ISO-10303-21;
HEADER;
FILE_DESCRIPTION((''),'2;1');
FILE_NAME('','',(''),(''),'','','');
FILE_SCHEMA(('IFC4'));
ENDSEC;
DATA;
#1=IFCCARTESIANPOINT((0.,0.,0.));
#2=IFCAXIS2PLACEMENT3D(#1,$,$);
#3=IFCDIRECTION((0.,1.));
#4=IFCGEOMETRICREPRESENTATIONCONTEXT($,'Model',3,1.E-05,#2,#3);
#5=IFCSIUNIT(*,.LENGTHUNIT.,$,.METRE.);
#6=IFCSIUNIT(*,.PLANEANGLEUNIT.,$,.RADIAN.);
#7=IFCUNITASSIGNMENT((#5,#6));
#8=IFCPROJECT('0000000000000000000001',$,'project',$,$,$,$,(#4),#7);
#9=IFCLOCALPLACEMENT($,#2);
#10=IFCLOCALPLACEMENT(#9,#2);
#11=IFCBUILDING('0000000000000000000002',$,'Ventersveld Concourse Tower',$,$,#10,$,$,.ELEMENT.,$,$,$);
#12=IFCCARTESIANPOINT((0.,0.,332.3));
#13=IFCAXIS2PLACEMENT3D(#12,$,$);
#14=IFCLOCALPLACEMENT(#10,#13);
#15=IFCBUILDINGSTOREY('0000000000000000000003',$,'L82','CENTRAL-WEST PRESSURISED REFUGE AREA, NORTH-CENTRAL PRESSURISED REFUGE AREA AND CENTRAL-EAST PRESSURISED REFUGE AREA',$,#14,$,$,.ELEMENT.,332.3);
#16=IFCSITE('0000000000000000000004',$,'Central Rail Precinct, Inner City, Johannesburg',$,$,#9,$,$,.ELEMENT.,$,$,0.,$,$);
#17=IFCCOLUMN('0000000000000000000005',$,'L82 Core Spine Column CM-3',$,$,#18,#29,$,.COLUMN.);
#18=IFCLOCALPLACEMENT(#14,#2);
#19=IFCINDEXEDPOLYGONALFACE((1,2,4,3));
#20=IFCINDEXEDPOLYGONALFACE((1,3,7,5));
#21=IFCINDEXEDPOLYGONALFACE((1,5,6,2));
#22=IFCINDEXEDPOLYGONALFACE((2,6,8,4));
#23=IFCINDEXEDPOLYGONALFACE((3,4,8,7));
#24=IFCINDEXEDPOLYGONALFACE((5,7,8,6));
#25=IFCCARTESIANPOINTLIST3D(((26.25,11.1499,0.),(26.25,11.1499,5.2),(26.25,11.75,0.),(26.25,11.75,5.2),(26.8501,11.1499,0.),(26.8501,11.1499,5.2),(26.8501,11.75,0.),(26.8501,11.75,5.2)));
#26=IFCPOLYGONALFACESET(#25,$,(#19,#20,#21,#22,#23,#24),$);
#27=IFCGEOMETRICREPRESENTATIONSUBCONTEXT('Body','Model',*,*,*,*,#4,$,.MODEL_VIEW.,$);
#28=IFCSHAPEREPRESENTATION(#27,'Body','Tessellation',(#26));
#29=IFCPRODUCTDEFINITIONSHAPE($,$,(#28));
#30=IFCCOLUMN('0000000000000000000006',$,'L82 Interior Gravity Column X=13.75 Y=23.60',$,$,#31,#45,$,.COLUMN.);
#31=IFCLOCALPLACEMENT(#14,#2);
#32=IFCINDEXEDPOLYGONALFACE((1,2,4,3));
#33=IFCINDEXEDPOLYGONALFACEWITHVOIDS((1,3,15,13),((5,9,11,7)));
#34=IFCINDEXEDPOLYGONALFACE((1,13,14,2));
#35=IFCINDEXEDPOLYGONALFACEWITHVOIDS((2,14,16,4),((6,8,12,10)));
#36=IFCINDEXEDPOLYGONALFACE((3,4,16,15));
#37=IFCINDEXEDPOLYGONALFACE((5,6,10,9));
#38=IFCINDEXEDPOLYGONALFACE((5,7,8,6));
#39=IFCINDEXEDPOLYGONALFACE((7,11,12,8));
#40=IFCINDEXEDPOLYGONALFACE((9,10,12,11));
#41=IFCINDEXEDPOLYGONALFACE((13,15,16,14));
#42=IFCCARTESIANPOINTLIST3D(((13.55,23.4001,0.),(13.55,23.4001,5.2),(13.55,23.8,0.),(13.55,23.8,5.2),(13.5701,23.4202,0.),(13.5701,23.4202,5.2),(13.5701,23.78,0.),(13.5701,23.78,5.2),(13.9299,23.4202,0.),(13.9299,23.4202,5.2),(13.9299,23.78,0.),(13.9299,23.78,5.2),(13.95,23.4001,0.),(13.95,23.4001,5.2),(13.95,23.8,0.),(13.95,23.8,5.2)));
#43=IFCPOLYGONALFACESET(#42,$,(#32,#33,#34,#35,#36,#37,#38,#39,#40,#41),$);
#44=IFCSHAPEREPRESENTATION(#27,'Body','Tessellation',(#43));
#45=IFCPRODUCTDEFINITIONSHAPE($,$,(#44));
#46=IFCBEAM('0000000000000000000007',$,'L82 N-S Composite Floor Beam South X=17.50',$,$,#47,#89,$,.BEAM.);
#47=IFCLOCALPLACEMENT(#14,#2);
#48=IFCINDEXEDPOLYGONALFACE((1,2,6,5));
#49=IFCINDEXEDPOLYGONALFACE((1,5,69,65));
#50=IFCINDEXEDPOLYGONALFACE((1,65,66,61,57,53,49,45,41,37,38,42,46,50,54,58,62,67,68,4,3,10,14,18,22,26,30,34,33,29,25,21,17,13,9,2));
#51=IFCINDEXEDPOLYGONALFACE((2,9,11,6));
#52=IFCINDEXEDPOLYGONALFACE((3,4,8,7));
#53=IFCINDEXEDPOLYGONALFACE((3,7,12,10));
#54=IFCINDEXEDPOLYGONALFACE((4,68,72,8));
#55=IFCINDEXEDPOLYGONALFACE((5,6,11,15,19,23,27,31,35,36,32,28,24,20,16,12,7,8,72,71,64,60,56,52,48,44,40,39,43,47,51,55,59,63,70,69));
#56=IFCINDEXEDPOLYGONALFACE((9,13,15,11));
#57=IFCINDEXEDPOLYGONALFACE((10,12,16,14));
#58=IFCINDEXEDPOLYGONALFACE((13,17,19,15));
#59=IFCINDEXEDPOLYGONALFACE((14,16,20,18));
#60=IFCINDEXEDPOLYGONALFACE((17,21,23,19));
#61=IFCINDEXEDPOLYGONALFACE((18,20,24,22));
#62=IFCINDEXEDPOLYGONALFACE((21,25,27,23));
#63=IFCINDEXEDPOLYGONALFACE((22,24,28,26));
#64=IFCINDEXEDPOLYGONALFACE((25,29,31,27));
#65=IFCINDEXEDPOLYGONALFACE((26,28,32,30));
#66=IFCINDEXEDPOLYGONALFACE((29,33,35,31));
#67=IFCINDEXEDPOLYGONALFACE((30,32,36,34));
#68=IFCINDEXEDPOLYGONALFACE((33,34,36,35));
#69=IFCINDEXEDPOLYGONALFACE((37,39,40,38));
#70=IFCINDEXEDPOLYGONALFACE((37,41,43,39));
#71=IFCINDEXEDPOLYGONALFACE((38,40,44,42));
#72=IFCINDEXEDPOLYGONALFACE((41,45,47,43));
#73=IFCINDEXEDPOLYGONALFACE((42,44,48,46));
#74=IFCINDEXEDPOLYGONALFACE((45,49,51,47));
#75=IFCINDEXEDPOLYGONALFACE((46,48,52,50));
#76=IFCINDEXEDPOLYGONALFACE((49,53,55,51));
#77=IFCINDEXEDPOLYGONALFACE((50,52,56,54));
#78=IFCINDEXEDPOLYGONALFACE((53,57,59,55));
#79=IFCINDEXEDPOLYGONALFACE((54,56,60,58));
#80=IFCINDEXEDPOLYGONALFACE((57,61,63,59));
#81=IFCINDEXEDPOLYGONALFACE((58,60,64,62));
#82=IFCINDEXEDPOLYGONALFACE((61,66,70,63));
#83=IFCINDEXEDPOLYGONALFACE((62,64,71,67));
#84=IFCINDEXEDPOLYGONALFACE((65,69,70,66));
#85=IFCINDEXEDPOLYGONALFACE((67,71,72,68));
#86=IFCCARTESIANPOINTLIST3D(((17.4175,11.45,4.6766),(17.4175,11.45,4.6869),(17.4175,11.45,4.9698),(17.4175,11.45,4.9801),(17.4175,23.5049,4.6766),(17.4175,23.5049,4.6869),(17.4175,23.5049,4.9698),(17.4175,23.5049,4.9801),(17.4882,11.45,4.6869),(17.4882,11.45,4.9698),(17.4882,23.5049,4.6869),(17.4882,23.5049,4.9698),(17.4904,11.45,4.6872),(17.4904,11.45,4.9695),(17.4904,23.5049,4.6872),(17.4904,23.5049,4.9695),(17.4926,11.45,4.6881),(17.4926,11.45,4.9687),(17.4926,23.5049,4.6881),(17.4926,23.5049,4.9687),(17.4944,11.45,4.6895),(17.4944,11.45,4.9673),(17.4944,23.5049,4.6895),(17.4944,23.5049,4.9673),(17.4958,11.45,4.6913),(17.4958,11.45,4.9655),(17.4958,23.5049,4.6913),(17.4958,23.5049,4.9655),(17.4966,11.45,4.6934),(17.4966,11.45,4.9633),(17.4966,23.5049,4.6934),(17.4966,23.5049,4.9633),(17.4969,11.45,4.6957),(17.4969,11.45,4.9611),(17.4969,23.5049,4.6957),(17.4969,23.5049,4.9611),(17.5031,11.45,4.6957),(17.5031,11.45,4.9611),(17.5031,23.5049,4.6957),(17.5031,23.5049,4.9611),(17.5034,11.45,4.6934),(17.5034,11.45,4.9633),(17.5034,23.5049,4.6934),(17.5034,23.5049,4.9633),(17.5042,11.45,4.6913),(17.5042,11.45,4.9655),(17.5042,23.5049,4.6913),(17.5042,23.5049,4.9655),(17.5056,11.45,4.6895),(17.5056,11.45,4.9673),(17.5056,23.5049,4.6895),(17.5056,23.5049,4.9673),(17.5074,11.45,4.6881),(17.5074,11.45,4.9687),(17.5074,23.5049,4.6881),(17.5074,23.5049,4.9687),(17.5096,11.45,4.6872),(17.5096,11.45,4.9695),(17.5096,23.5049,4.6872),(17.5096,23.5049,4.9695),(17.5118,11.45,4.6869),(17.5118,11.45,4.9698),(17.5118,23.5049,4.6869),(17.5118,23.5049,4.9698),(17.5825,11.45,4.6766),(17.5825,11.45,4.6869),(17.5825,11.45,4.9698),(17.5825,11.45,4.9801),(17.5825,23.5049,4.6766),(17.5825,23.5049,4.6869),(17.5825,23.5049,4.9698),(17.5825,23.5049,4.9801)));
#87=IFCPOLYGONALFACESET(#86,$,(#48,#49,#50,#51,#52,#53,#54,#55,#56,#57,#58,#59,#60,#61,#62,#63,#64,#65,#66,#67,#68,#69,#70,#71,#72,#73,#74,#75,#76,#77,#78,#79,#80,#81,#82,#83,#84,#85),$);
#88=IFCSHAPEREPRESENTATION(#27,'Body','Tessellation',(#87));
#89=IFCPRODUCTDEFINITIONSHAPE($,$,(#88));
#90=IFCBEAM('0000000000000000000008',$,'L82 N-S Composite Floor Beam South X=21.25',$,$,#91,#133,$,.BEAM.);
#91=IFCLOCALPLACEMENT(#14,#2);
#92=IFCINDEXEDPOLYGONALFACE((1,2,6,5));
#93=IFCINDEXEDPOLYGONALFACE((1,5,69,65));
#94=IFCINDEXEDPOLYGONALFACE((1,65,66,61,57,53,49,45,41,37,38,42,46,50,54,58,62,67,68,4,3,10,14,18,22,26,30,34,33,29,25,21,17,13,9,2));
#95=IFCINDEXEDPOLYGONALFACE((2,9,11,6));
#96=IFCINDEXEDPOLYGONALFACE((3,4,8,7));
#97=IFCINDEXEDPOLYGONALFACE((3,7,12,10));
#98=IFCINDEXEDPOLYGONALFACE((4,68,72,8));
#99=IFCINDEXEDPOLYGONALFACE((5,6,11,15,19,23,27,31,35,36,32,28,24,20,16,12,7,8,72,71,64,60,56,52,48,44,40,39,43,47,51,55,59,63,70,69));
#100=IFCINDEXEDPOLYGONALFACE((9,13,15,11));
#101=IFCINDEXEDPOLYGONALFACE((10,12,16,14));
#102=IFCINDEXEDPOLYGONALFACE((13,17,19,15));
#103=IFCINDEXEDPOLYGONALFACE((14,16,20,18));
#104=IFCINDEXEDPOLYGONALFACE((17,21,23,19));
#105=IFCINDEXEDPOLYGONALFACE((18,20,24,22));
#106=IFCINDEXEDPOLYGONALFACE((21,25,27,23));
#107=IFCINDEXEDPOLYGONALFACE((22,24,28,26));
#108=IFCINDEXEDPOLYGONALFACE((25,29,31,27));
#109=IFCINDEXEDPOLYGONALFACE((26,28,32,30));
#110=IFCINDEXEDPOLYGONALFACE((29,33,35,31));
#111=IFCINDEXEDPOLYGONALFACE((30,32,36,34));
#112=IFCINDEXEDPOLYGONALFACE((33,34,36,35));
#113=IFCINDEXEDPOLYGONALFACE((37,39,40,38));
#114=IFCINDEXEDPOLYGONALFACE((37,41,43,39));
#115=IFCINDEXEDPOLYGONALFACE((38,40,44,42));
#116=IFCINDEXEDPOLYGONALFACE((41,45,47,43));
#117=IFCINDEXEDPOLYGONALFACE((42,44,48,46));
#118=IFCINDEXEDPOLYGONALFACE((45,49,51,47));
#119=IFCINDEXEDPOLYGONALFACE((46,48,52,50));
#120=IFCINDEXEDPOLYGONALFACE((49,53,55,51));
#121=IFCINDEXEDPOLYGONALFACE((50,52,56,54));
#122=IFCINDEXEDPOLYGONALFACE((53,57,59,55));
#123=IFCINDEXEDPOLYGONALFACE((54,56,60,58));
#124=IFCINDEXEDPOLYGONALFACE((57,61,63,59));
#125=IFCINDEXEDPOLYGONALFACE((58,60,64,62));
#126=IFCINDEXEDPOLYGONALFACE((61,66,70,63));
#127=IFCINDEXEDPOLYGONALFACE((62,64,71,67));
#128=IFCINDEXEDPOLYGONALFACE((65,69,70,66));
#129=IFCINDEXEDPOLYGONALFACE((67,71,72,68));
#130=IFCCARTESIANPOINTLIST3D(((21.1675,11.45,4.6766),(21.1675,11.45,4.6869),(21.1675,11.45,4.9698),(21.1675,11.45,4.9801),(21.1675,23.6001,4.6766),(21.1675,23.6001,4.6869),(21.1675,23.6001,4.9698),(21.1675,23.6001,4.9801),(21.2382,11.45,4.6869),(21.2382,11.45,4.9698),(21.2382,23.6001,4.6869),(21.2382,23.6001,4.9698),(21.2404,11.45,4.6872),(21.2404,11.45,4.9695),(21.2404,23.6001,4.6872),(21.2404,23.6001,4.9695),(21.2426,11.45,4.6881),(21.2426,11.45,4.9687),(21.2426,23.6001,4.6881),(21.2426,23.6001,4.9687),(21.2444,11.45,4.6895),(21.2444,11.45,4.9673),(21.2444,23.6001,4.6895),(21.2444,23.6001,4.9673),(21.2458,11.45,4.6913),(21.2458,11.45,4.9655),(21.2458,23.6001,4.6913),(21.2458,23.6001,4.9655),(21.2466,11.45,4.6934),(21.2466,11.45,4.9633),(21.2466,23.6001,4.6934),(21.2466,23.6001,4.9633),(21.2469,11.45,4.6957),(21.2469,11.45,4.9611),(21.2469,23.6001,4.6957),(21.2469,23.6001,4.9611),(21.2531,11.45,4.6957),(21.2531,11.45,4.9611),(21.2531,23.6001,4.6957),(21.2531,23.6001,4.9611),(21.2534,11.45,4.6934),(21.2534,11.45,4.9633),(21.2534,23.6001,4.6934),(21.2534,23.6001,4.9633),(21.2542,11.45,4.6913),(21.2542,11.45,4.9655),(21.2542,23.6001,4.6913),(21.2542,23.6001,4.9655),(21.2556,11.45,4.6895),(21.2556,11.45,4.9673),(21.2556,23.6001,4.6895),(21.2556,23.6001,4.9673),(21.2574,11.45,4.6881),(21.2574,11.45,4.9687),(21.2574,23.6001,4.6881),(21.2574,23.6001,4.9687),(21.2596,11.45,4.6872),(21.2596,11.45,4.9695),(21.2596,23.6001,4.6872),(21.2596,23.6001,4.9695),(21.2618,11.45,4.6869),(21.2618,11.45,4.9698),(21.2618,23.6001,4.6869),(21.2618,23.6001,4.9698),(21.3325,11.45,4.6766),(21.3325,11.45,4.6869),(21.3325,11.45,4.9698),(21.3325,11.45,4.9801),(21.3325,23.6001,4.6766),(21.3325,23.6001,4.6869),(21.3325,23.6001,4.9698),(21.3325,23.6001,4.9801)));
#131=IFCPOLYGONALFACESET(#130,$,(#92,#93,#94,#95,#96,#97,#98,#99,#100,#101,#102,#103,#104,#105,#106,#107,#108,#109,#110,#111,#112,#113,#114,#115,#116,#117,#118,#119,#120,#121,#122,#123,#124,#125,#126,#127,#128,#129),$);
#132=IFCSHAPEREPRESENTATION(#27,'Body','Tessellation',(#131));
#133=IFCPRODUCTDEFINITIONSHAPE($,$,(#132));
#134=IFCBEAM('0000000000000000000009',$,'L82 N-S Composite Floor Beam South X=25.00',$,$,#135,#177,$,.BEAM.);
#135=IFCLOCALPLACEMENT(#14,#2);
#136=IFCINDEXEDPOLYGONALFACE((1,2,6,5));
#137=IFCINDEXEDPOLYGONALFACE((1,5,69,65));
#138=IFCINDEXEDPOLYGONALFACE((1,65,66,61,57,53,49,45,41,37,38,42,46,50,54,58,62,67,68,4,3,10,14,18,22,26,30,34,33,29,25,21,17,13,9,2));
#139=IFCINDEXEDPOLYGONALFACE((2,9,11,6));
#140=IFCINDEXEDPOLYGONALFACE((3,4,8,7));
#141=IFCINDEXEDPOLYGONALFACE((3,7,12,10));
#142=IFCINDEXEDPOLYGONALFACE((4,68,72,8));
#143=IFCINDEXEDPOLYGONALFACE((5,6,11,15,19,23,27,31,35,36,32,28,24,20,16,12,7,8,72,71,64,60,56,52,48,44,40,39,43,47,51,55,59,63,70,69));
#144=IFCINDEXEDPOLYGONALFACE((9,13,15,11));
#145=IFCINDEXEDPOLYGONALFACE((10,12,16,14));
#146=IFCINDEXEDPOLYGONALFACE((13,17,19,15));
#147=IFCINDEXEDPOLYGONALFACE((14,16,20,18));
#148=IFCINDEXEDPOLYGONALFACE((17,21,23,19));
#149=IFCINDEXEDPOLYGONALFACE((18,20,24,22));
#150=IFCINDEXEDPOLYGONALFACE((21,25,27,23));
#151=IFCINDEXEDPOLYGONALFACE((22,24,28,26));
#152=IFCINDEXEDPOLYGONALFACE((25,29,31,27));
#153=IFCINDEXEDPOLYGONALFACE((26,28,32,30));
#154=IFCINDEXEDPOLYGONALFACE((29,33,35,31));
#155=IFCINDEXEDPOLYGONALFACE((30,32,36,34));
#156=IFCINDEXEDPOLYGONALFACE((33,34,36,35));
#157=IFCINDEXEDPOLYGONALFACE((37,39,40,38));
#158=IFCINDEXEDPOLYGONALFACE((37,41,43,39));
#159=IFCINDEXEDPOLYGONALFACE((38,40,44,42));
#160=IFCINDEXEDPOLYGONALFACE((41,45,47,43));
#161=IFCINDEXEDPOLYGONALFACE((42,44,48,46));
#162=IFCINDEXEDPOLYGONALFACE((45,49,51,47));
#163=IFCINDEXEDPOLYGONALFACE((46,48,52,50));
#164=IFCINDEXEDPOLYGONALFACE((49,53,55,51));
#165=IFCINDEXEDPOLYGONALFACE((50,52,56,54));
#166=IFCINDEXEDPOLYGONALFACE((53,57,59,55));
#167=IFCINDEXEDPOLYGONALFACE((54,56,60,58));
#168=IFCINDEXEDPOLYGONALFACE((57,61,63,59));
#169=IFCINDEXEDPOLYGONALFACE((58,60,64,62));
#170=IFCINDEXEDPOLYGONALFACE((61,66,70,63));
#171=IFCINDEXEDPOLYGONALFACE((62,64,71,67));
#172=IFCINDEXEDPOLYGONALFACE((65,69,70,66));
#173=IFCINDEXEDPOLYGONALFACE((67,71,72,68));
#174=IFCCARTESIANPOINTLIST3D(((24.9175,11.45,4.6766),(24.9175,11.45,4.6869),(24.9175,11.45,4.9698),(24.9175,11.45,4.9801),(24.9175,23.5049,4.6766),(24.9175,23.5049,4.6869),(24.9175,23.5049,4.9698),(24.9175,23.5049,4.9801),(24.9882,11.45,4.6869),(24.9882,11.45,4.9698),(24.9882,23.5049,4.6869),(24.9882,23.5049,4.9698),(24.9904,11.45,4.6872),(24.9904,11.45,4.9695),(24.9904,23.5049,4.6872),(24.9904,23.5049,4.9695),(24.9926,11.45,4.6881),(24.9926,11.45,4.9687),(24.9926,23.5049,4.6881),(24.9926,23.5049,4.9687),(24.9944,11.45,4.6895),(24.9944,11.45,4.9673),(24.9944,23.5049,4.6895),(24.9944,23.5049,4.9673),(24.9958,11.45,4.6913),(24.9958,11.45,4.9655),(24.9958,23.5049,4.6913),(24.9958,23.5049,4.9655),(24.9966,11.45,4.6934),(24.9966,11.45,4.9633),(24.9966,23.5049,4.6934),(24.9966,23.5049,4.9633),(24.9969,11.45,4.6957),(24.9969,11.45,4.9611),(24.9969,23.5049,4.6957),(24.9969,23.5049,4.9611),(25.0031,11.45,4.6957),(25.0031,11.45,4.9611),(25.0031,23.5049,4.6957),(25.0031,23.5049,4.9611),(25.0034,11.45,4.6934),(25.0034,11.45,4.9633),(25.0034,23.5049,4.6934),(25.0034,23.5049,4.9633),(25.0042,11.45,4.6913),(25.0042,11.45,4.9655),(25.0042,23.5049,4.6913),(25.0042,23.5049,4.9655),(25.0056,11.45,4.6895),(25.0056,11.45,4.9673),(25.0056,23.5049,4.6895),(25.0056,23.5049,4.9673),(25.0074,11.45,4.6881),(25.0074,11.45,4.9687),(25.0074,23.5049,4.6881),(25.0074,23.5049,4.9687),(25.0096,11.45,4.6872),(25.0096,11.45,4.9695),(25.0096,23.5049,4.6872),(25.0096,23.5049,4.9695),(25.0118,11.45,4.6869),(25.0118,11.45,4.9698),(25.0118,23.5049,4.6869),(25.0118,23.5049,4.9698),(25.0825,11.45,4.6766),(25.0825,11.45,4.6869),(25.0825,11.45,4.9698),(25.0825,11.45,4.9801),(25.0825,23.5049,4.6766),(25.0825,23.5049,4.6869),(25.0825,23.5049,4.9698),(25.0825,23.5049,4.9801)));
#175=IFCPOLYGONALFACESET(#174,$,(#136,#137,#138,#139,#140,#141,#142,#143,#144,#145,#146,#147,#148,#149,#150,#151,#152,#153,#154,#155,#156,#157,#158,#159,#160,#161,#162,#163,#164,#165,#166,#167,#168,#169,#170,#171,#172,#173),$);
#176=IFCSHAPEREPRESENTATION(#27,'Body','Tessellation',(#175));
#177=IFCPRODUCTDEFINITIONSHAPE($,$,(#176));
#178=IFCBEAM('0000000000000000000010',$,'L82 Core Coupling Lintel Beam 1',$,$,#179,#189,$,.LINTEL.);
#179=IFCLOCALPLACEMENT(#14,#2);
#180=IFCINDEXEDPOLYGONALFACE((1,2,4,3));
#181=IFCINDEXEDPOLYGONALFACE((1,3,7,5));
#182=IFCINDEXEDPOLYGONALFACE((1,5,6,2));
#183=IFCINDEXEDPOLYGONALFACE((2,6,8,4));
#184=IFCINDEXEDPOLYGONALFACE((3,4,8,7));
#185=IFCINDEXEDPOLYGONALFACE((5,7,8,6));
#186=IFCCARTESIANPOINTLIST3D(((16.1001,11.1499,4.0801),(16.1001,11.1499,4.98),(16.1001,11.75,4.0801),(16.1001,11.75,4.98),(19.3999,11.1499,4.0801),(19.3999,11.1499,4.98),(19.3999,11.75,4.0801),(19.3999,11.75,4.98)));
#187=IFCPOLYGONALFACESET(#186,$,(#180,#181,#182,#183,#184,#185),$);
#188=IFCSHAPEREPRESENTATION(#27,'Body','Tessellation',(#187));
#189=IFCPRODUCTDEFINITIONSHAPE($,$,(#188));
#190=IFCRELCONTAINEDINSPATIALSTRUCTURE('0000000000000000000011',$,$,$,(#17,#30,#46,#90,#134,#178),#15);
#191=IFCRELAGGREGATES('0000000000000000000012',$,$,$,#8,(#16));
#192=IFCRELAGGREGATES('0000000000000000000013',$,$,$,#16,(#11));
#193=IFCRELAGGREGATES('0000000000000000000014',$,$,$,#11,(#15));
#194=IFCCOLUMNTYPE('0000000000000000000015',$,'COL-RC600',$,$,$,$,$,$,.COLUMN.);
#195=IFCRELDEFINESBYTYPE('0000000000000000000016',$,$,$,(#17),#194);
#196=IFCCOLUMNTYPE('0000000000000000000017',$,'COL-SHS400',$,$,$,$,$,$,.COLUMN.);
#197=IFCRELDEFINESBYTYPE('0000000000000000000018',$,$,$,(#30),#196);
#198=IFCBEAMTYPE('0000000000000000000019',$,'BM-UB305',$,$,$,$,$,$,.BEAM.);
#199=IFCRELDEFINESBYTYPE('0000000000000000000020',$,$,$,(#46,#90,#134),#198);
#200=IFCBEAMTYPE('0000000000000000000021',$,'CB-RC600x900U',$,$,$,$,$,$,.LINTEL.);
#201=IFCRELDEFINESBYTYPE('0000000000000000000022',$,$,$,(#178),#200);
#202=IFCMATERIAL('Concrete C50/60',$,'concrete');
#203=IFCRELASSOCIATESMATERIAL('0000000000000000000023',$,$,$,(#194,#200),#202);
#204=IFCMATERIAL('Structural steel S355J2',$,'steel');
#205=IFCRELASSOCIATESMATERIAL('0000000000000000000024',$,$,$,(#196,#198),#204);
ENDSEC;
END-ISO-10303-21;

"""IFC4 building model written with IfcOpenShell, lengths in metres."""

from ifc_helpers import new_model, si_unit, direction, frame, origin, origin_2d, place, context, subcontext, project, spatial, rectangle, hollow_rectangle, i_section, extrude, material, material_profile, profile_set, type_object, element, save


model = new_model("IFC4")

# Units and contexts
model_context = context("Model", 3, precision=1e-05, world=origin(), true_north=direction((0.0, 1.0)))
body_context = subcontext(model_context, "Body", "Model", "MODEL_VIEW")
ifc_project = project(units=[si_unit("LENGTHUNIT", "METRE"), si_unit("PLANEANGLEUNIT", "RADIAN")], contexts=[model_context])

# Site, building, storey
site_placement = place(None, origin())
site = spatial("IfcSite", under=ifc_project, at=site_placement, Name="Central Rail Precinct, Inner City, Johannesburg", CompositionType="ELEMENT", RefElevation=0.0)
building_placement = place(site_placement, origin())
building = spatial("IfcBuilding", under=site, at=building_placement, Name="Ventersveld Concourse Tower", CompositionType="ELEMENT")
storey_placement = place(building_placement, frame((0.0, 0.0, 332.3)))
storey = spatial("IfcBuildingStorey", under=building, at=storey_placement, Name="L82", Description="CENTRAL-WEST PRESSURISED REFUGE AREA, NORTH-CENTRAL PRESSURISED REFUGE AREA AND CENTRAL-EAST PRESSURISED REFUGE AREA", CompositionType="ELEMENT", Elevation=332.3)

# Columns
ifc_material_1 = material(Name="Concrete C50/60", Category="concrete")
ifc_material_profile_1 = material_profile(ifc_material_1, rectangle(XDim=0.6001, YDim=0.6001, at=origin_2d()), Name="RC 600x600")
ifc_profile_set_1 = profile_set([ifc_material_profile_1], Name="Concrete C50/60")
column_type_1 = type_object("IfcColumnType", Name="COL-RC600", PredefinedType="COLUMN", material=ifc_profile_set_1)
column_1_placement = place(storey_placement, frame((26.55, 11.45, 0.0), z_axis=(0.0, 0.0, 1.0), x_axis=(1.0, 0.0, 0.0)))
element("IfcColumn", 1, at=column_1_placement, inside=storey, type_object=column_type_1, Name="L82 Core Spine Column CM-3", PredefinedType="COLUMN", context=body_context, shape_type="SweptSolid", body=[
    extrude(rectangle(XDim=0.6001, YDim=0.6001, at=origin_2d()), origin(), (0.0, 0.0, 1.0), 5.2),
])
ifc_material_2 = material(Name="Structural steel S355J2", Category="steel")
ifc_material_profile_2 = material_profile(ifc_material_2, hollow_rectangle(XDim=0.3999, YDim=0.3999, WallThickness=0.02, at=origin_2d()), Name="SHS 400x400x20")
ifc_profile_set_2 = profile_set([ifc_material_profile_2], Name="Structural steel S355J2")
column_type_2 = type_object("IfcColumnType", Name="COL-SHS400", PredefinedType="COLUMN", material=ifc_profile_set_2)
column_2_placement = place(storey_placement, frame((13.75, 23.6001, 0.0), z_axis=(0.0, 0.0, 1.0), x_axis=(1.0, 0.0, 0.0)))
element("IfcColumn", 2, at=column_2_placement, inside=storey, type_object=column_type_2, Name="L82 Interior Gravity Column X=13.75 Y=23.60", PredefinedType="COLUMN", context=body_context, shape_type="SweptSolid", body=[
    extrude(hollow_rectangle(XDim=0.3999, YDim=0.3999, WallThickness=0.02, at=origin_2d()), origin(), (0.0, 0.0, 1.0), 5.2),
])

# Beams
ifc_material_profile_3 = material_profile(ifc_material_2, i_section(OverallWidth=0.165, OverallDepth=0.3035, WebThickness=0.0061, FlangeThickness=0.0103, FilletRadius=0.0088, at=origin_2d()), Name="UB 305x165x40")
ifc_profile_set_3 = profile_set([ifc_material_profile_3], Name="Structural steel S355J2")
beam_type_1 = type_object("IfcBeamType", Name="BM-UB305", PredefinedType="BEAM", material=ifc_profile_set_3)
beam_1_placement = place(storey_placement, frame((17.5, 11.45, 4.8284), z_axis=(0.0, 1.0, 0.0), x_axis=(-1.0, 0.0, 0.0)))
element("IfcBeam", 3, at=beam_1_placement, inside=storey, type_object=beam_type_1, Name="L82 N-S Composite Floor Beam South X=17.50", PredefinedType="BEAM", context=body_context, shape_type="SweptSolid", body=[
    extrude(i_section(OverallWidth=0.165, OverallDepth=0.3035, WebThickness=0.0061, FlangeThickness=0.0103, FilletRadius=0.0088, at=origin_2d()), origin(), (0.0, 0.0, 1.0), 12.0549),
])
beam_2_placement = place(storey_placement, frame((21.25, 11.45, 4.8284), z_axis=(0.0, 1.0, 0.0), x_axis=(-1.0, 0.0, 0.0)))
element("IfcBeam", 4, at=beam_2_placement, inside=storey, type_object=beam_type_1, Name="L82 N-S Composite Floor Beam South X=21.25", PredefinedType="BEAM", context=body_context, shape_type="SweptSolid", body=[
    extrude(i_section(OverallWidth=0.165, OverallDepth=0.3035, WebThickness=0.0061, FlangeThickness=0.0103, FilletRadius=0.0088, at=origin_2d()), origin(), (0.0, 0.0, 1.0), 12.1501),
])
beam_3_placement = place(storey_placement, frame((25.0, 11.45, 4.8284), z_axis=(0.0, 1.0, 0.0), x_axis=(-1.0, 0.0, 0.0)))
element("IfcBeam", 5, at=beam_3_placement, inside=storey, type_object=beam_type_1, Name="L82 N-S Composite Floor Beam South X=25.00", PredefinedType="BEAM", context=body_context, shape_type="SweptSolid", body=[
    extrude(i_section(OverallWidth=0.165, OverallDepth=0.3035, WebThickness=0.0061, FlangeThickness=0.0103, FilletRadius=0.0088, at=origin_2d()), origin(), (0.0, 0.0, 1.0), 12.0549),
])
ifc_material_profile_4 = material_profile(ifc_material_1, rectangle(XDim=0.6001, YDim=0.8999, at=origin_2d()), Name="RC 600x900")
ifc_profile_set_4 = profile_set([ifc_material_profile_4], Name="Concrete C50/60")
beam_type_2 = type_object("IfcBeamType", Name="CB-RC600x900U", PredefinedType="LINTEL", material=ifc_profile_set_4)
beam_4_placement = place(storey_placement, frame((16.1001, 11.45, 4.53), z_axis=(1.0, 0.0, 0.0), x_axis=(0.0, 1.0, 0.0)))
element("IfcBeam", 6, at=beam_4_placement, inside=storey, type_object=beam_type_2, Name="L82 Core Coupling Lintel Beam 1", PredefinedType="LINTEL", context=body_context, shape_type="SweptSolid", body=[
    extrude(rectangle(XDim=0.6001, YDim=0.8999, at=origin_2d()), origin(), (0.0, 0.0, 1.0), 3.2998),
])

save(model, "model.ifc")
